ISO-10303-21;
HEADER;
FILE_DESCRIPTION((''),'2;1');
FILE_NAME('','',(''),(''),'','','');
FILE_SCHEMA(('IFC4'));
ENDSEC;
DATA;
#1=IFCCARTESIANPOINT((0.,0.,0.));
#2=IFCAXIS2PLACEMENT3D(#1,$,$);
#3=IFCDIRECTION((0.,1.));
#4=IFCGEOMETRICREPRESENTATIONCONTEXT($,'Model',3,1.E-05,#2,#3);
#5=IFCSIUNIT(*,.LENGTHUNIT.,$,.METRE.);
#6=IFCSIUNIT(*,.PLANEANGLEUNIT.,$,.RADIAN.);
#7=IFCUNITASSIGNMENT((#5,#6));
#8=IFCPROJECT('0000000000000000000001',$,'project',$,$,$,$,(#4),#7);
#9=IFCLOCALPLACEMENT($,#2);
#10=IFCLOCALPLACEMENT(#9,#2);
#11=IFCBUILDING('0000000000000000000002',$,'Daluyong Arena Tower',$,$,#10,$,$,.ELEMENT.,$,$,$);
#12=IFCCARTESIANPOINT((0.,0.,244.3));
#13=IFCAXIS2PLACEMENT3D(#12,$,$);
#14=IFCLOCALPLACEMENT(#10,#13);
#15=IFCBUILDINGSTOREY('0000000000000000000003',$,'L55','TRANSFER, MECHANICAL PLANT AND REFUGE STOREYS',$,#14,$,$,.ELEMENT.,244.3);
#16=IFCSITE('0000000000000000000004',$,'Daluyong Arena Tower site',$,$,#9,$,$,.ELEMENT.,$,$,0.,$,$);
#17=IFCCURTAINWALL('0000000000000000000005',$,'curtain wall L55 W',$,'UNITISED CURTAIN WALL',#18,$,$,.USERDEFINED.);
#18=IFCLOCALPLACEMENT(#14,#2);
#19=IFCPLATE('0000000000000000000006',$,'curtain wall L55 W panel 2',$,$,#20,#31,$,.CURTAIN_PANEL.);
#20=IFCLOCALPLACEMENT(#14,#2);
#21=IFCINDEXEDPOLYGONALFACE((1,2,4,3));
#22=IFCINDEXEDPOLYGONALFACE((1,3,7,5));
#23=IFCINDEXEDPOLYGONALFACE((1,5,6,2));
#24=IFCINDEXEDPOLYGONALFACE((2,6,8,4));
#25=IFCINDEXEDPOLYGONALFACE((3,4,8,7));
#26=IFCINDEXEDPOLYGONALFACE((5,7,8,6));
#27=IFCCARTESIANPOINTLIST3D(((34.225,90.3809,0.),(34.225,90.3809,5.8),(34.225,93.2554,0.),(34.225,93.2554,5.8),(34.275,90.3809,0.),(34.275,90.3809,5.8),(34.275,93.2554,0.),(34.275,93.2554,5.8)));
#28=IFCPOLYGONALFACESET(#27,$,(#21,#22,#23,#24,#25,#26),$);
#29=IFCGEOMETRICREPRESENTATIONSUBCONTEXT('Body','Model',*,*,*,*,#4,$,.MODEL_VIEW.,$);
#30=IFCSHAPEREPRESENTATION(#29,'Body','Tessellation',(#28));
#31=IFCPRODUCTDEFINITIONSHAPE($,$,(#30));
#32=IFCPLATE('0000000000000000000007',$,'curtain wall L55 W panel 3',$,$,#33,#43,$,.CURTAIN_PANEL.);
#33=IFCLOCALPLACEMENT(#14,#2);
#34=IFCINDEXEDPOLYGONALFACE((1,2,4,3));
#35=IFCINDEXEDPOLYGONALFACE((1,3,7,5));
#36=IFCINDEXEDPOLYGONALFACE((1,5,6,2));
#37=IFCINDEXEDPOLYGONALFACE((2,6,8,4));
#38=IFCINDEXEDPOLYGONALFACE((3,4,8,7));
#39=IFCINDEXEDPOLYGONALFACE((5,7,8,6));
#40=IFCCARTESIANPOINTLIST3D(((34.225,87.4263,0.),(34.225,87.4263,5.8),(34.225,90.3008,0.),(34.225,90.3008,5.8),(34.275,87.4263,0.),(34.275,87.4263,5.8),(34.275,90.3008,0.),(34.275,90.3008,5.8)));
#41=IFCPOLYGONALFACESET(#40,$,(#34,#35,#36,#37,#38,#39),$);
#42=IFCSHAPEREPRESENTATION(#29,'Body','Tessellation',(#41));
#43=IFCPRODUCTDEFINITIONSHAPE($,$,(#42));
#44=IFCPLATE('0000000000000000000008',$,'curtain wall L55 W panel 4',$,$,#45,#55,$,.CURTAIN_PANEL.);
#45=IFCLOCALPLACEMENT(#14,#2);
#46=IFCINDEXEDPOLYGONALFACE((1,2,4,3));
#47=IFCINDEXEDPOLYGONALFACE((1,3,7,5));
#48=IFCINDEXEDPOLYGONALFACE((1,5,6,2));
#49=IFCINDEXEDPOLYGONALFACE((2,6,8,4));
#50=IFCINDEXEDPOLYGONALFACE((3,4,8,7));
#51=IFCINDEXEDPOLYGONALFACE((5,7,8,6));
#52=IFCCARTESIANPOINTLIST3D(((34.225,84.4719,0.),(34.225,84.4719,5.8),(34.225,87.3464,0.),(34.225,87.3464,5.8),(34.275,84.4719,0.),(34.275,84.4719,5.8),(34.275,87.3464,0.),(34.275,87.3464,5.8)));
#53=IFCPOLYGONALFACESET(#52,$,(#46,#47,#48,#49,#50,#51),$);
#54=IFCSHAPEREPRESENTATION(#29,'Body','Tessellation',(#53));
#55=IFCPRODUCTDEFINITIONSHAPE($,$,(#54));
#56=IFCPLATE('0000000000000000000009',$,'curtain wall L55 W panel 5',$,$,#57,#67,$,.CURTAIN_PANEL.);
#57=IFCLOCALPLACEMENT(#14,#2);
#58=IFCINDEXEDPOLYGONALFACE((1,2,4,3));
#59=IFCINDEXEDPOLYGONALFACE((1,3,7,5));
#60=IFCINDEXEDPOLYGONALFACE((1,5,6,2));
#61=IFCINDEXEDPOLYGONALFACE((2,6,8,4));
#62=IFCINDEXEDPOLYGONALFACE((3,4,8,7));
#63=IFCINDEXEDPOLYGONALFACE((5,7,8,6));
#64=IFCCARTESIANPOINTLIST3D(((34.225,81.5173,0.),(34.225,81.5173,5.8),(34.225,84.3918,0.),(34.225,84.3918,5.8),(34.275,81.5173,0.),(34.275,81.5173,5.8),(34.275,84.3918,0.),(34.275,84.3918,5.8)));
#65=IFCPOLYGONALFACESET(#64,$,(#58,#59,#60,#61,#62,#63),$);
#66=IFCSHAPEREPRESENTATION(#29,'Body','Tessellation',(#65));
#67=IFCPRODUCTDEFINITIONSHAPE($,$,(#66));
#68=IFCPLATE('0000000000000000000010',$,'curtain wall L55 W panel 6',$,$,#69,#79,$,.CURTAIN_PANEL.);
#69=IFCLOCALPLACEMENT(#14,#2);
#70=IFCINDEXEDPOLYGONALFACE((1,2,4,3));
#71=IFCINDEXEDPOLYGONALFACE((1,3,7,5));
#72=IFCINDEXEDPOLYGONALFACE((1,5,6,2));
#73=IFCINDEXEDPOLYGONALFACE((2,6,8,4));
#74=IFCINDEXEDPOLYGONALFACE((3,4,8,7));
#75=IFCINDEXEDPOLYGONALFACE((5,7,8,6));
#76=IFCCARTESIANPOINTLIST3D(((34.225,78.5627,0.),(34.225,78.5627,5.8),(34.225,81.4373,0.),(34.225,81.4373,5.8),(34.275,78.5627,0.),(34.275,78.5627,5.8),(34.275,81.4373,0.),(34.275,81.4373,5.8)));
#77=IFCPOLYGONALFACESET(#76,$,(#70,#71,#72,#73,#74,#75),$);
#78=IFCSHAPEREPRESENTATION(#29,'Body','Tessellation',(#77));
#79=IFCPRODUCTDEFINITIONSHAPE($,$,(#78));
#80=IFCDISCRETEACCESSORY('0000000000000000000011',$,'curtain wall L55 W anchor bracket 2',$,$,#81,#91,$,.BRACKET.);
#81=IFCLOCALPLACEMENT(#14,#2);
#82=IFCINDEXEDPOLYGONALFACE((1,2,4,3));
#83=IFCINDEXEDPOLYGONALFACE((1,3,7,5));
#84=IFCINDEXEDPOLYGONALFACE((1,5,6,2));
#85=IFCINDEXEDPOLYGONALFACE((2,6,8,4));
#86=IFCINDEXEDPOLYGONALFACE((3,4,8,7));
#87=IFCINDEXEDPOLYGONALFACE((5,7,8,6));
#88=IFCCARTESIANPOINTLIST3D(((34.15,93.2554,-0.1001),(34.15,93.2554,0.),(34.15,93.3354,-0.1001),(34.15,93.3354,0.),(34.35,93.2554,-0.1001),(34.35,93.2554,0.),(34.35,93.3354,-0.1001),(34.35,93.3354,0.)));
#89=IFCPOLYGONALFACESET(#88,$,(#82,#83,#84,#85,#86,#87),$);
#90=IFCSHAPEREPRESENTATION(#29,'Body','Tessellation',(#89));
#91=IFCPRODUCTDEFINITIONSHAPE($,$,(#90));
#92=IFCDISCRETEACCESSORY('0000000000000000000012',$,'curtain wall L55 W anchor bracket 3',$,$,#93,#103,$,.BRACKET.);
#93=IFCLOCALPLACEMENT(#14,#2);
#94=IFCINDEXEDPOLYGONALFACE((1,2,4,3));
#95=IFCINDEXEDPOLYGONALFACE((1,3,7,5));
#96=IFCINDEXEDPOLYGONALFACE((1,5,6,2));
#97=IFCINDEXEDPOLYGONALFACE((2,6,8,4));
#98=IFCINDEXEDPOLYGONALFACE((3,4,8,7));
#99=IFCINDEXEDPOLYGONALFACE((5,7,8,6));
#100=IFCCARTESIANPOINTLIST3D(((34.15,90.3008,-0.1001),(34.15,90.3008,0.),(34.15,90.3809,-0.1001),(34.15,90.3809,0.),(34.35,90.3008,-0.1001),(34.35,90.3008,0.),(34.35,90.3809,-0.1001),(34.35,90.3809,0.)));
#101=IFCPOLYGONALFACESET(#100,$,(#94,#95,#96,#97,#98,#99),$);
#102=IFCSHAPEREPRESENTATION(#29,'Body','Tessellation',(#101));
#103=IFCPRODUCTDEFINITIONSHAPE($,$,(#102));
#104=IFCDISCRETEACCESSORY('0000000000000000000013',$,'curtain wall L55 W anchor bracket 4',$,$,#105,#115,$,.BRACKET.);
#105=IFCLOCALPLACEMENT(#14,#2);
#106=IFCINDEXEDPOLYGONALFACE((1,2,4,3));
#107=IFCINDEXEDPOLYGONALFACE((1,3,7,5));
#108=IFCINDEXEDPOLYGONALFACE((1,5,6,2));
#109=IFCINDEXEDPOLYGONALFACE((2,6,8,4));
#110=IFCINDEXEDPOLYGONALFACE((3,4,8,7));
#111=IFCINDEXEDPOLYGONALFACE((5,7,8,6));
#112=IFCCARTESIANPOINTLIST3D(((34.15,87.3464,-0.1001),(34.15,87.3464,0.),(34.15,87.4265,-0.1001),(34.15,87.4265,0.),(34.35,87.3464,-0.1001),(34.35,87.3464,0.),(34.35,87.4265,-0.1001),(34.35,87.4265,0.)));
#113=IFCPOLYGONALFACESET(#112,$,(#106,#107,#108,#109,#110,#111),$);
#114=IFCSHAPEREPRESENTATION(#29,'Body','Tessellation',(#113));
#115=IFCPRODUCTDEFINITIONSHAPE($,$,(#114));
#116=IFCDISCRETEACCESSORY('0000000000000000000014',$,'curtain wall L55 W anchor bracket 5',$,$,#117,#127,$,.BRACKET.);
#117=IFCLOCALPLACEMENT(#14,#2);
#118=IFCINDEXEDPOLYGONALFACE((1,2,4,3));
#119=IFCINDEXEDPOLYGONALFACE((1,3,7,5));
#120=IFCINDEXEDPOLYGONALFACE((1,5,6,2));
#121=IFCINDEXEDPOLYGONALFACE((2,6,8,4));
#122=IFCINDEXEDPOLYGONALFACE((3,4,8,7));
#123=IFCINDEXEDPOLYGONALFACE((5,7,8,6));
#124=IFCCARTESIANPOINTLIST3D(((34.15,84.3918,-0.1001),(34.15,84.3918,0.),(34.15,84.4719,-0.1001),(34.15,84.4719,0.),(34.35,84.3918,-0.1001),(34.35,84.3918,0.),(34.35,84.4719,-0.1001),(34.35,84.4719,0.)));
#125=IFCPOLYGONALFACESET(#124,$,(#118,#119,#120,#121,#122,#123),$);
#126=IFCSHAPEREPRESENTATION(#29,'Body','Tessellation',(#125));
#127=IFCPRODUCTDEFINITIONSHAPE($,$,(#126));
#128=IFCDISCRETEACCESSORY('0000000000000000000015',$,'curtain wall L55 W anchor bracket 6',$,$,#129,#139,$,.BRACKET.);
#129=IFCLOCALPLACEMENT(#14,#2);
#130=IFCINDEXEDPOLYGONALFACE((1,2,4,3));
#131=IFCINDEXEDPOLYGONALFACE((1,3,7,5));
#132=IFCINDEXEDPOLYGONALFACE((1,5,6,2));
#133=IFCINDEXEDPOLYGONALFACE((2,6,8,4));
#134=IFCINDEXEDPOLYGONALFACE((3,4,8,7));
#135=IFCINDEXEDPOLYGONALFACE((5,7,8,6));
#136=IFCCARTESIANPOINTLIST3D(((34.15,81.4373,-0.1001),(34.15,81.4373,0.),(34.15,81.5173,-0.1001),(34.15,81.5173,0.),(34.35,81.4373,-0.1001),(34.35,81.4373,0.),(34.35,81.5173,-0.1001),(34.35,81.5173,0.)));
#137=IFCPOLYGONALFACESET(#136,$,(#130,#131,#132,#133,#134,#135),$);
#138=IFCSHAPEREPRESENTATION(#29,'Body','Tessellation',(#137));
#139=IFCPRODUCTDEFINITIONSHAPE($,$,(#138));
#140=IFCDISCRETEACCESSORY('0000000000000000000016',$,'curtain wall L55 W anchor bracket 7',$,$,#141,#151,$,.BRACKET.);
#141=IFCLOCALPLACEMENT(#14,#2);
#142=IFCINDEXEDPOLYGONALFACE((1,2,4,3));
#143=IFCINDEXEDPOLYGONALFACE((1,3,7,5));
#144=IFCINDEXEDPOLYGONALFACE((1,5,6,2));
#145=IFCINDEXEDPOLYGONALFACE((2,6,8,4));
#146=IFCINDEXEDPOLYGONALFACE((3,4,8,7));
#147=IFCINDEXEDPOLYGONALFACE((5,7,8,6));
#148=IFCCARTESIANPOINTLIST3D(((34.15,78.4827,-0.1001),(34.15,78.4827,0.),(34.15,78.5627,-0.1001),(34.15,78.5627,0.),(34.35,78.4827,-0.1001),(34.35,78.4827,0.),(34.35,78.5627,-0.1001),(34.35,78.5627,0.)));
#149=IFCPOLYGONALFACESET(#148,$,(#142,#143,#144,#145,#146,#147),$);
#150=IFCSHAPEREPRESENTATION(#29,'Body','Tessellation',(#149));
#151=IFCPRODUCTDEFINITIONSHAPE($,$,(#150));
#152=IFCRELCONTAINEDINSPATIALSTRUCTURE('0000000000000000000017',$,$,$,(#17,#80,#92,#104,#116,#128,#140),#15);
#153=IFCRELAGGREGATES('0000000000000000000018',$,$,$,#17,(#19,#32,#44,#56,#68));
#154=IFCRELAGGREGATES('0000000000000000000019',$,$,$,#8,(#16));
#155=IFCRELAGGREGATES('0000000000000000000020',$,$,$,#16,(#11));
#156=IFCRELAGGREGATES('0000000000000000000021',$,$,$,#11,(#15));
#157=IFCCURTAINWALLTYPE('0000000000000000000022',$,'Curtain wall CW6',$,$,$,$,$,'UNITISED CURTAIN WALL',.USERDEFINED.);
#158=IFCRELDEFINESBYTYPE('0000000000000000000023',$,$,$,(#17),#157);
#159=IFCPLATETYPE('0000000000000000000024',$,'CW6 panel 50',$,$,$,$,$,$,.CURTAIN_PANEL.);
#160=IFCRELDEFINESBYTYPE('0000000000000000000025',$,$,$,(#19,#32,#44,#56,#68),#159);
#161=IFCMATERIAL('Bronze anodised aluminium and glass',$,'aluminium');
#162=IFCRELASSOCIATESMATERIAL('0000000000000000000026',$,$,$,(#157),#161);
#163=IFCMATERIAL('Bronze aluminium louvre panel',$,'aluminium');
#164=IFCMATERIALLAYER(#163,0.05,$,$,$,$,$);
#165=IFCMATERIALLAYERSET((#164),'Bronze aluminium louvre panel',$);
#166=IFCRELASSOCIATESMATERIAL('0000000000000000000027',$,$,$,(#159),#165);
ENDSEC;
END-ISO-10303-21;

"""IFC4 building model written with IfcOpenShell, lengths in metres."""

from ifc_helpers import new_model, si_unit, direction, frame, origin, origin_2d, place, context, subcontext, project, spatial, rectangle, extrude, material, layer, layer_set, type_object, element, aggregate, save


model = new_model("IFC4")

# Units and contexts
model_context = context("Model", 3, precision=1e-05, world=origin(), true_north=direction((0.0, 1.0)))
body_context = subcontext(model_context, "Body", "Model", "MODEL_VIEW")
ifc_project = project(units=[si_unit("LENGTHUNIT", "METRE"), si_unit("PLANEANGLEUNIT", "RADIAN")], contexts=[model_context])

# Site, building, storey
site_placement = place(None, origin())
site = spatial("IfcSite", under=ifc_project, at=site_placement, Name="Daluyong Arena Tower site", CompositionType="ELEMENT", RefElevation=0.0)
building_placement = place(site_placement, origin())
building = spatial("IfcBuilding", under=site, at=building_placement, Name="Daluyong Arena Tower", CompositionType="ELEMENT")
storey_placement = place(building_placement, frame((0.0, 0.0, 244.3)))
storey = spatial("IfcBuildingStorey", under=building, at=storey_placement, Name="L55", Description="TRANSFER, MECHANICAL PLANT AND REFUGE STOREYS", CompositionType="ELEMENT", Elevation=244.3)

# Curtain wall
ifc_material_1 = material(Name="Bronze anodised aluminium and glass", Category="aluminium")
curtain_wall_type = type_object("IfcCurtainWallType", Name="Curtain wall CW6", ElementType="UNITISED CURTAIN WALL", PredefinedType="USERDEFINED", material=ifc_material_1)
curtain_wall_placement = place(storey_placement, origin())
curtain_wall = element("IfcCurtainWall", 1, at=curtain_wall_placement, inside=storey, type_object=curtain_wall_type, Name="curtain wall L55 W", ObjectType="UNITISED CURTAIN WALL", PredefinedType="USERDEFINED")

# Plates
ifc_material_2 = material(Name="Bronze aluminium louvre panel", Category="aluminium")
ifc_layer = layer(ifc_material_2, 0.05)
ifc_layer_set = layer_set([ifc_layer], Name="Bronze aluminium louvre panel")
plate_type = type_object("IfcPlateType", Name="CW6 panel 50", PredefinedType="CURTAIN_PANEL", material=ifc_layer_set)
plate_1_placement = place(storey_placement, frame((34.25, 91.8181, 0.0), z_axis=(0.0, 0.0, 1.0), x_axis=(0.0, -1.0, 0.0)))
plate_1 = element("IfcPlate", 2, at=plate_1_placement, type_object=plate_type, Name="curtain wall L55 W panel 2", PredefinedType="CURTAIN_PANEL", context=body_context, shape_type="SweptSolid", body=[
    extrude(rectangle(XDim=2.8745, YDim=0.05, at=origin_2d()), origin(), (0.0, 0.0, 1.0), 5.8),
])
plate_2_placement = place(storey_placement, frame((34.25, 88.8635, 0.0), z_axis=(0.0, 0.0, 1.0), x_axis=(0.0, -1.0, 0.0)))
plate_2 = element("IfcPlate", 3, at=plate_2_placement, type_object=plate_type, Name="curtain wall L55 W panel 3", PredefinedType="CURTAIN_PANEL", context=body_context, shape_type="SweptSolid", body=[
    extrude(rectangle(XDim=2.8745, YDim=0.05, at=origin_2d()), origin(), (0.0, 0.0, 1.0), 5.8),
])
plate_3_placement = place(storey_placement, frame((34.25, 85.9092, 0.0), z_axis=(0.0, 0.0, 1.0), x_axis=(0.0, -1.0, 0.0)))
plate_3 = element("IfcPlate", 4, at=plate_3_placement, type_object=plate_type, Name="curtain wall L55 W panel 4", PredefinedType="CURTAIN_PANEL", context=body_context, shape_type="SweptSolid", body=[
    extrude(rectangle(XDim=2.8745, YDim=0.05, at=origin_2d()), origin(), (0.0, 0.0, 1.0), 5.8),
])
plate_4_placement = place(storey_placement, frame((34.25, 82.9546, 0.0), z_axis=(0.0, 0.0, 1.0), x_axis=(0.0, -1.0, 0.0)))
plate_4 = element("IfcPlate", 5, at=plate_4_placement, type_object=plate_type, Name="curtain wall L55 W panel 5", PredefinedType="CURTAIN_PANEL", context=body_context, shape_type="SweptSolid", body=[
    extrude(rectangle(XDim=2.8745, YDim=0.05, at=origin_2d()), origin(), (0.0, 0.0, 1.0), 5.8),
])
plate_5_placement = place(storey_placement, frame((34.25, 80.0, 0.0), z_axis=(0.0, 0.0, 1.0), x_axis=(0.0, -1.0, 0.0)))
plate_5 = element("IfcPlate", 6, at=plate_5_placement, type_object=plate_type, Name="curtain wall L55 W panel 6", PredefinedType="CURTAIN_PANEL", context=body_context, shape_type="SweptSolid", body=[
    extrude(rectangle(XDim=2.8745, YDim=0.05, at=origin_2d()), origin(), (0.0, 0.0, 1.0), 5.8),
])
aggregate(curtain_wall, [plate_1, plate_2, plate_3, plate_4, plate_5])

# Discrete accessories
for number, where, z_axis, x_axis, name in (
    (7, (34.25, 93.2954, -0.1001), (0.0, 0.0, 1.0), (0.0, -1.0, 0.0), "curtain wall L55 W anchor bracket 2"),
    (8, (34.25, 90.3408, -0.1001), (0.0, 0.0, 1.0), (0.0, -1.0, 0.0), "curtain wall L55 W anchor bracket 3"),
    (9, (34.25, 87.3865, -0.1001), (0.0, 0.0, 1.0), (0.0, -1.0, 0.0), "curtain wall L55 W anchor bracket 4"),
    (10, (34.25, 84.4319, -0.1001), (0.0, 0.0, 1.0), (0.0, -1.0, 0.0), "curtain wall L55 W anchor bracket 5"),
    (11, (34.25, 81.4773, -0.1001), (0.0, 0.0, 1.0), (0.0, -1.0, 0.0), "curtain wall L55 W anchor bracket 6"),
    (12, (34.25, 78.5227, -0.1001), (0.0, 0.0, 1.0), (0.0, -1.0, 0.0), "curtain wall L55 W anchor bracket 7"),
):
    element("IfcDiscreteAccessory", number, at=place(storey_placement, frame(where, z_axis=z_axis, x_axis=x_axis)), inside=storey, Name=name, PredefinedType="BRACKET", context=body_context, shape_type="SweptSolid", body=[
        extrude(rectangle(XDim=0.0801, YDim=0.2, at=origin_2d()), origin(), (0.0, 0.0, 1.0), 0.1001),
    ])

save(model, "model.ifc")
